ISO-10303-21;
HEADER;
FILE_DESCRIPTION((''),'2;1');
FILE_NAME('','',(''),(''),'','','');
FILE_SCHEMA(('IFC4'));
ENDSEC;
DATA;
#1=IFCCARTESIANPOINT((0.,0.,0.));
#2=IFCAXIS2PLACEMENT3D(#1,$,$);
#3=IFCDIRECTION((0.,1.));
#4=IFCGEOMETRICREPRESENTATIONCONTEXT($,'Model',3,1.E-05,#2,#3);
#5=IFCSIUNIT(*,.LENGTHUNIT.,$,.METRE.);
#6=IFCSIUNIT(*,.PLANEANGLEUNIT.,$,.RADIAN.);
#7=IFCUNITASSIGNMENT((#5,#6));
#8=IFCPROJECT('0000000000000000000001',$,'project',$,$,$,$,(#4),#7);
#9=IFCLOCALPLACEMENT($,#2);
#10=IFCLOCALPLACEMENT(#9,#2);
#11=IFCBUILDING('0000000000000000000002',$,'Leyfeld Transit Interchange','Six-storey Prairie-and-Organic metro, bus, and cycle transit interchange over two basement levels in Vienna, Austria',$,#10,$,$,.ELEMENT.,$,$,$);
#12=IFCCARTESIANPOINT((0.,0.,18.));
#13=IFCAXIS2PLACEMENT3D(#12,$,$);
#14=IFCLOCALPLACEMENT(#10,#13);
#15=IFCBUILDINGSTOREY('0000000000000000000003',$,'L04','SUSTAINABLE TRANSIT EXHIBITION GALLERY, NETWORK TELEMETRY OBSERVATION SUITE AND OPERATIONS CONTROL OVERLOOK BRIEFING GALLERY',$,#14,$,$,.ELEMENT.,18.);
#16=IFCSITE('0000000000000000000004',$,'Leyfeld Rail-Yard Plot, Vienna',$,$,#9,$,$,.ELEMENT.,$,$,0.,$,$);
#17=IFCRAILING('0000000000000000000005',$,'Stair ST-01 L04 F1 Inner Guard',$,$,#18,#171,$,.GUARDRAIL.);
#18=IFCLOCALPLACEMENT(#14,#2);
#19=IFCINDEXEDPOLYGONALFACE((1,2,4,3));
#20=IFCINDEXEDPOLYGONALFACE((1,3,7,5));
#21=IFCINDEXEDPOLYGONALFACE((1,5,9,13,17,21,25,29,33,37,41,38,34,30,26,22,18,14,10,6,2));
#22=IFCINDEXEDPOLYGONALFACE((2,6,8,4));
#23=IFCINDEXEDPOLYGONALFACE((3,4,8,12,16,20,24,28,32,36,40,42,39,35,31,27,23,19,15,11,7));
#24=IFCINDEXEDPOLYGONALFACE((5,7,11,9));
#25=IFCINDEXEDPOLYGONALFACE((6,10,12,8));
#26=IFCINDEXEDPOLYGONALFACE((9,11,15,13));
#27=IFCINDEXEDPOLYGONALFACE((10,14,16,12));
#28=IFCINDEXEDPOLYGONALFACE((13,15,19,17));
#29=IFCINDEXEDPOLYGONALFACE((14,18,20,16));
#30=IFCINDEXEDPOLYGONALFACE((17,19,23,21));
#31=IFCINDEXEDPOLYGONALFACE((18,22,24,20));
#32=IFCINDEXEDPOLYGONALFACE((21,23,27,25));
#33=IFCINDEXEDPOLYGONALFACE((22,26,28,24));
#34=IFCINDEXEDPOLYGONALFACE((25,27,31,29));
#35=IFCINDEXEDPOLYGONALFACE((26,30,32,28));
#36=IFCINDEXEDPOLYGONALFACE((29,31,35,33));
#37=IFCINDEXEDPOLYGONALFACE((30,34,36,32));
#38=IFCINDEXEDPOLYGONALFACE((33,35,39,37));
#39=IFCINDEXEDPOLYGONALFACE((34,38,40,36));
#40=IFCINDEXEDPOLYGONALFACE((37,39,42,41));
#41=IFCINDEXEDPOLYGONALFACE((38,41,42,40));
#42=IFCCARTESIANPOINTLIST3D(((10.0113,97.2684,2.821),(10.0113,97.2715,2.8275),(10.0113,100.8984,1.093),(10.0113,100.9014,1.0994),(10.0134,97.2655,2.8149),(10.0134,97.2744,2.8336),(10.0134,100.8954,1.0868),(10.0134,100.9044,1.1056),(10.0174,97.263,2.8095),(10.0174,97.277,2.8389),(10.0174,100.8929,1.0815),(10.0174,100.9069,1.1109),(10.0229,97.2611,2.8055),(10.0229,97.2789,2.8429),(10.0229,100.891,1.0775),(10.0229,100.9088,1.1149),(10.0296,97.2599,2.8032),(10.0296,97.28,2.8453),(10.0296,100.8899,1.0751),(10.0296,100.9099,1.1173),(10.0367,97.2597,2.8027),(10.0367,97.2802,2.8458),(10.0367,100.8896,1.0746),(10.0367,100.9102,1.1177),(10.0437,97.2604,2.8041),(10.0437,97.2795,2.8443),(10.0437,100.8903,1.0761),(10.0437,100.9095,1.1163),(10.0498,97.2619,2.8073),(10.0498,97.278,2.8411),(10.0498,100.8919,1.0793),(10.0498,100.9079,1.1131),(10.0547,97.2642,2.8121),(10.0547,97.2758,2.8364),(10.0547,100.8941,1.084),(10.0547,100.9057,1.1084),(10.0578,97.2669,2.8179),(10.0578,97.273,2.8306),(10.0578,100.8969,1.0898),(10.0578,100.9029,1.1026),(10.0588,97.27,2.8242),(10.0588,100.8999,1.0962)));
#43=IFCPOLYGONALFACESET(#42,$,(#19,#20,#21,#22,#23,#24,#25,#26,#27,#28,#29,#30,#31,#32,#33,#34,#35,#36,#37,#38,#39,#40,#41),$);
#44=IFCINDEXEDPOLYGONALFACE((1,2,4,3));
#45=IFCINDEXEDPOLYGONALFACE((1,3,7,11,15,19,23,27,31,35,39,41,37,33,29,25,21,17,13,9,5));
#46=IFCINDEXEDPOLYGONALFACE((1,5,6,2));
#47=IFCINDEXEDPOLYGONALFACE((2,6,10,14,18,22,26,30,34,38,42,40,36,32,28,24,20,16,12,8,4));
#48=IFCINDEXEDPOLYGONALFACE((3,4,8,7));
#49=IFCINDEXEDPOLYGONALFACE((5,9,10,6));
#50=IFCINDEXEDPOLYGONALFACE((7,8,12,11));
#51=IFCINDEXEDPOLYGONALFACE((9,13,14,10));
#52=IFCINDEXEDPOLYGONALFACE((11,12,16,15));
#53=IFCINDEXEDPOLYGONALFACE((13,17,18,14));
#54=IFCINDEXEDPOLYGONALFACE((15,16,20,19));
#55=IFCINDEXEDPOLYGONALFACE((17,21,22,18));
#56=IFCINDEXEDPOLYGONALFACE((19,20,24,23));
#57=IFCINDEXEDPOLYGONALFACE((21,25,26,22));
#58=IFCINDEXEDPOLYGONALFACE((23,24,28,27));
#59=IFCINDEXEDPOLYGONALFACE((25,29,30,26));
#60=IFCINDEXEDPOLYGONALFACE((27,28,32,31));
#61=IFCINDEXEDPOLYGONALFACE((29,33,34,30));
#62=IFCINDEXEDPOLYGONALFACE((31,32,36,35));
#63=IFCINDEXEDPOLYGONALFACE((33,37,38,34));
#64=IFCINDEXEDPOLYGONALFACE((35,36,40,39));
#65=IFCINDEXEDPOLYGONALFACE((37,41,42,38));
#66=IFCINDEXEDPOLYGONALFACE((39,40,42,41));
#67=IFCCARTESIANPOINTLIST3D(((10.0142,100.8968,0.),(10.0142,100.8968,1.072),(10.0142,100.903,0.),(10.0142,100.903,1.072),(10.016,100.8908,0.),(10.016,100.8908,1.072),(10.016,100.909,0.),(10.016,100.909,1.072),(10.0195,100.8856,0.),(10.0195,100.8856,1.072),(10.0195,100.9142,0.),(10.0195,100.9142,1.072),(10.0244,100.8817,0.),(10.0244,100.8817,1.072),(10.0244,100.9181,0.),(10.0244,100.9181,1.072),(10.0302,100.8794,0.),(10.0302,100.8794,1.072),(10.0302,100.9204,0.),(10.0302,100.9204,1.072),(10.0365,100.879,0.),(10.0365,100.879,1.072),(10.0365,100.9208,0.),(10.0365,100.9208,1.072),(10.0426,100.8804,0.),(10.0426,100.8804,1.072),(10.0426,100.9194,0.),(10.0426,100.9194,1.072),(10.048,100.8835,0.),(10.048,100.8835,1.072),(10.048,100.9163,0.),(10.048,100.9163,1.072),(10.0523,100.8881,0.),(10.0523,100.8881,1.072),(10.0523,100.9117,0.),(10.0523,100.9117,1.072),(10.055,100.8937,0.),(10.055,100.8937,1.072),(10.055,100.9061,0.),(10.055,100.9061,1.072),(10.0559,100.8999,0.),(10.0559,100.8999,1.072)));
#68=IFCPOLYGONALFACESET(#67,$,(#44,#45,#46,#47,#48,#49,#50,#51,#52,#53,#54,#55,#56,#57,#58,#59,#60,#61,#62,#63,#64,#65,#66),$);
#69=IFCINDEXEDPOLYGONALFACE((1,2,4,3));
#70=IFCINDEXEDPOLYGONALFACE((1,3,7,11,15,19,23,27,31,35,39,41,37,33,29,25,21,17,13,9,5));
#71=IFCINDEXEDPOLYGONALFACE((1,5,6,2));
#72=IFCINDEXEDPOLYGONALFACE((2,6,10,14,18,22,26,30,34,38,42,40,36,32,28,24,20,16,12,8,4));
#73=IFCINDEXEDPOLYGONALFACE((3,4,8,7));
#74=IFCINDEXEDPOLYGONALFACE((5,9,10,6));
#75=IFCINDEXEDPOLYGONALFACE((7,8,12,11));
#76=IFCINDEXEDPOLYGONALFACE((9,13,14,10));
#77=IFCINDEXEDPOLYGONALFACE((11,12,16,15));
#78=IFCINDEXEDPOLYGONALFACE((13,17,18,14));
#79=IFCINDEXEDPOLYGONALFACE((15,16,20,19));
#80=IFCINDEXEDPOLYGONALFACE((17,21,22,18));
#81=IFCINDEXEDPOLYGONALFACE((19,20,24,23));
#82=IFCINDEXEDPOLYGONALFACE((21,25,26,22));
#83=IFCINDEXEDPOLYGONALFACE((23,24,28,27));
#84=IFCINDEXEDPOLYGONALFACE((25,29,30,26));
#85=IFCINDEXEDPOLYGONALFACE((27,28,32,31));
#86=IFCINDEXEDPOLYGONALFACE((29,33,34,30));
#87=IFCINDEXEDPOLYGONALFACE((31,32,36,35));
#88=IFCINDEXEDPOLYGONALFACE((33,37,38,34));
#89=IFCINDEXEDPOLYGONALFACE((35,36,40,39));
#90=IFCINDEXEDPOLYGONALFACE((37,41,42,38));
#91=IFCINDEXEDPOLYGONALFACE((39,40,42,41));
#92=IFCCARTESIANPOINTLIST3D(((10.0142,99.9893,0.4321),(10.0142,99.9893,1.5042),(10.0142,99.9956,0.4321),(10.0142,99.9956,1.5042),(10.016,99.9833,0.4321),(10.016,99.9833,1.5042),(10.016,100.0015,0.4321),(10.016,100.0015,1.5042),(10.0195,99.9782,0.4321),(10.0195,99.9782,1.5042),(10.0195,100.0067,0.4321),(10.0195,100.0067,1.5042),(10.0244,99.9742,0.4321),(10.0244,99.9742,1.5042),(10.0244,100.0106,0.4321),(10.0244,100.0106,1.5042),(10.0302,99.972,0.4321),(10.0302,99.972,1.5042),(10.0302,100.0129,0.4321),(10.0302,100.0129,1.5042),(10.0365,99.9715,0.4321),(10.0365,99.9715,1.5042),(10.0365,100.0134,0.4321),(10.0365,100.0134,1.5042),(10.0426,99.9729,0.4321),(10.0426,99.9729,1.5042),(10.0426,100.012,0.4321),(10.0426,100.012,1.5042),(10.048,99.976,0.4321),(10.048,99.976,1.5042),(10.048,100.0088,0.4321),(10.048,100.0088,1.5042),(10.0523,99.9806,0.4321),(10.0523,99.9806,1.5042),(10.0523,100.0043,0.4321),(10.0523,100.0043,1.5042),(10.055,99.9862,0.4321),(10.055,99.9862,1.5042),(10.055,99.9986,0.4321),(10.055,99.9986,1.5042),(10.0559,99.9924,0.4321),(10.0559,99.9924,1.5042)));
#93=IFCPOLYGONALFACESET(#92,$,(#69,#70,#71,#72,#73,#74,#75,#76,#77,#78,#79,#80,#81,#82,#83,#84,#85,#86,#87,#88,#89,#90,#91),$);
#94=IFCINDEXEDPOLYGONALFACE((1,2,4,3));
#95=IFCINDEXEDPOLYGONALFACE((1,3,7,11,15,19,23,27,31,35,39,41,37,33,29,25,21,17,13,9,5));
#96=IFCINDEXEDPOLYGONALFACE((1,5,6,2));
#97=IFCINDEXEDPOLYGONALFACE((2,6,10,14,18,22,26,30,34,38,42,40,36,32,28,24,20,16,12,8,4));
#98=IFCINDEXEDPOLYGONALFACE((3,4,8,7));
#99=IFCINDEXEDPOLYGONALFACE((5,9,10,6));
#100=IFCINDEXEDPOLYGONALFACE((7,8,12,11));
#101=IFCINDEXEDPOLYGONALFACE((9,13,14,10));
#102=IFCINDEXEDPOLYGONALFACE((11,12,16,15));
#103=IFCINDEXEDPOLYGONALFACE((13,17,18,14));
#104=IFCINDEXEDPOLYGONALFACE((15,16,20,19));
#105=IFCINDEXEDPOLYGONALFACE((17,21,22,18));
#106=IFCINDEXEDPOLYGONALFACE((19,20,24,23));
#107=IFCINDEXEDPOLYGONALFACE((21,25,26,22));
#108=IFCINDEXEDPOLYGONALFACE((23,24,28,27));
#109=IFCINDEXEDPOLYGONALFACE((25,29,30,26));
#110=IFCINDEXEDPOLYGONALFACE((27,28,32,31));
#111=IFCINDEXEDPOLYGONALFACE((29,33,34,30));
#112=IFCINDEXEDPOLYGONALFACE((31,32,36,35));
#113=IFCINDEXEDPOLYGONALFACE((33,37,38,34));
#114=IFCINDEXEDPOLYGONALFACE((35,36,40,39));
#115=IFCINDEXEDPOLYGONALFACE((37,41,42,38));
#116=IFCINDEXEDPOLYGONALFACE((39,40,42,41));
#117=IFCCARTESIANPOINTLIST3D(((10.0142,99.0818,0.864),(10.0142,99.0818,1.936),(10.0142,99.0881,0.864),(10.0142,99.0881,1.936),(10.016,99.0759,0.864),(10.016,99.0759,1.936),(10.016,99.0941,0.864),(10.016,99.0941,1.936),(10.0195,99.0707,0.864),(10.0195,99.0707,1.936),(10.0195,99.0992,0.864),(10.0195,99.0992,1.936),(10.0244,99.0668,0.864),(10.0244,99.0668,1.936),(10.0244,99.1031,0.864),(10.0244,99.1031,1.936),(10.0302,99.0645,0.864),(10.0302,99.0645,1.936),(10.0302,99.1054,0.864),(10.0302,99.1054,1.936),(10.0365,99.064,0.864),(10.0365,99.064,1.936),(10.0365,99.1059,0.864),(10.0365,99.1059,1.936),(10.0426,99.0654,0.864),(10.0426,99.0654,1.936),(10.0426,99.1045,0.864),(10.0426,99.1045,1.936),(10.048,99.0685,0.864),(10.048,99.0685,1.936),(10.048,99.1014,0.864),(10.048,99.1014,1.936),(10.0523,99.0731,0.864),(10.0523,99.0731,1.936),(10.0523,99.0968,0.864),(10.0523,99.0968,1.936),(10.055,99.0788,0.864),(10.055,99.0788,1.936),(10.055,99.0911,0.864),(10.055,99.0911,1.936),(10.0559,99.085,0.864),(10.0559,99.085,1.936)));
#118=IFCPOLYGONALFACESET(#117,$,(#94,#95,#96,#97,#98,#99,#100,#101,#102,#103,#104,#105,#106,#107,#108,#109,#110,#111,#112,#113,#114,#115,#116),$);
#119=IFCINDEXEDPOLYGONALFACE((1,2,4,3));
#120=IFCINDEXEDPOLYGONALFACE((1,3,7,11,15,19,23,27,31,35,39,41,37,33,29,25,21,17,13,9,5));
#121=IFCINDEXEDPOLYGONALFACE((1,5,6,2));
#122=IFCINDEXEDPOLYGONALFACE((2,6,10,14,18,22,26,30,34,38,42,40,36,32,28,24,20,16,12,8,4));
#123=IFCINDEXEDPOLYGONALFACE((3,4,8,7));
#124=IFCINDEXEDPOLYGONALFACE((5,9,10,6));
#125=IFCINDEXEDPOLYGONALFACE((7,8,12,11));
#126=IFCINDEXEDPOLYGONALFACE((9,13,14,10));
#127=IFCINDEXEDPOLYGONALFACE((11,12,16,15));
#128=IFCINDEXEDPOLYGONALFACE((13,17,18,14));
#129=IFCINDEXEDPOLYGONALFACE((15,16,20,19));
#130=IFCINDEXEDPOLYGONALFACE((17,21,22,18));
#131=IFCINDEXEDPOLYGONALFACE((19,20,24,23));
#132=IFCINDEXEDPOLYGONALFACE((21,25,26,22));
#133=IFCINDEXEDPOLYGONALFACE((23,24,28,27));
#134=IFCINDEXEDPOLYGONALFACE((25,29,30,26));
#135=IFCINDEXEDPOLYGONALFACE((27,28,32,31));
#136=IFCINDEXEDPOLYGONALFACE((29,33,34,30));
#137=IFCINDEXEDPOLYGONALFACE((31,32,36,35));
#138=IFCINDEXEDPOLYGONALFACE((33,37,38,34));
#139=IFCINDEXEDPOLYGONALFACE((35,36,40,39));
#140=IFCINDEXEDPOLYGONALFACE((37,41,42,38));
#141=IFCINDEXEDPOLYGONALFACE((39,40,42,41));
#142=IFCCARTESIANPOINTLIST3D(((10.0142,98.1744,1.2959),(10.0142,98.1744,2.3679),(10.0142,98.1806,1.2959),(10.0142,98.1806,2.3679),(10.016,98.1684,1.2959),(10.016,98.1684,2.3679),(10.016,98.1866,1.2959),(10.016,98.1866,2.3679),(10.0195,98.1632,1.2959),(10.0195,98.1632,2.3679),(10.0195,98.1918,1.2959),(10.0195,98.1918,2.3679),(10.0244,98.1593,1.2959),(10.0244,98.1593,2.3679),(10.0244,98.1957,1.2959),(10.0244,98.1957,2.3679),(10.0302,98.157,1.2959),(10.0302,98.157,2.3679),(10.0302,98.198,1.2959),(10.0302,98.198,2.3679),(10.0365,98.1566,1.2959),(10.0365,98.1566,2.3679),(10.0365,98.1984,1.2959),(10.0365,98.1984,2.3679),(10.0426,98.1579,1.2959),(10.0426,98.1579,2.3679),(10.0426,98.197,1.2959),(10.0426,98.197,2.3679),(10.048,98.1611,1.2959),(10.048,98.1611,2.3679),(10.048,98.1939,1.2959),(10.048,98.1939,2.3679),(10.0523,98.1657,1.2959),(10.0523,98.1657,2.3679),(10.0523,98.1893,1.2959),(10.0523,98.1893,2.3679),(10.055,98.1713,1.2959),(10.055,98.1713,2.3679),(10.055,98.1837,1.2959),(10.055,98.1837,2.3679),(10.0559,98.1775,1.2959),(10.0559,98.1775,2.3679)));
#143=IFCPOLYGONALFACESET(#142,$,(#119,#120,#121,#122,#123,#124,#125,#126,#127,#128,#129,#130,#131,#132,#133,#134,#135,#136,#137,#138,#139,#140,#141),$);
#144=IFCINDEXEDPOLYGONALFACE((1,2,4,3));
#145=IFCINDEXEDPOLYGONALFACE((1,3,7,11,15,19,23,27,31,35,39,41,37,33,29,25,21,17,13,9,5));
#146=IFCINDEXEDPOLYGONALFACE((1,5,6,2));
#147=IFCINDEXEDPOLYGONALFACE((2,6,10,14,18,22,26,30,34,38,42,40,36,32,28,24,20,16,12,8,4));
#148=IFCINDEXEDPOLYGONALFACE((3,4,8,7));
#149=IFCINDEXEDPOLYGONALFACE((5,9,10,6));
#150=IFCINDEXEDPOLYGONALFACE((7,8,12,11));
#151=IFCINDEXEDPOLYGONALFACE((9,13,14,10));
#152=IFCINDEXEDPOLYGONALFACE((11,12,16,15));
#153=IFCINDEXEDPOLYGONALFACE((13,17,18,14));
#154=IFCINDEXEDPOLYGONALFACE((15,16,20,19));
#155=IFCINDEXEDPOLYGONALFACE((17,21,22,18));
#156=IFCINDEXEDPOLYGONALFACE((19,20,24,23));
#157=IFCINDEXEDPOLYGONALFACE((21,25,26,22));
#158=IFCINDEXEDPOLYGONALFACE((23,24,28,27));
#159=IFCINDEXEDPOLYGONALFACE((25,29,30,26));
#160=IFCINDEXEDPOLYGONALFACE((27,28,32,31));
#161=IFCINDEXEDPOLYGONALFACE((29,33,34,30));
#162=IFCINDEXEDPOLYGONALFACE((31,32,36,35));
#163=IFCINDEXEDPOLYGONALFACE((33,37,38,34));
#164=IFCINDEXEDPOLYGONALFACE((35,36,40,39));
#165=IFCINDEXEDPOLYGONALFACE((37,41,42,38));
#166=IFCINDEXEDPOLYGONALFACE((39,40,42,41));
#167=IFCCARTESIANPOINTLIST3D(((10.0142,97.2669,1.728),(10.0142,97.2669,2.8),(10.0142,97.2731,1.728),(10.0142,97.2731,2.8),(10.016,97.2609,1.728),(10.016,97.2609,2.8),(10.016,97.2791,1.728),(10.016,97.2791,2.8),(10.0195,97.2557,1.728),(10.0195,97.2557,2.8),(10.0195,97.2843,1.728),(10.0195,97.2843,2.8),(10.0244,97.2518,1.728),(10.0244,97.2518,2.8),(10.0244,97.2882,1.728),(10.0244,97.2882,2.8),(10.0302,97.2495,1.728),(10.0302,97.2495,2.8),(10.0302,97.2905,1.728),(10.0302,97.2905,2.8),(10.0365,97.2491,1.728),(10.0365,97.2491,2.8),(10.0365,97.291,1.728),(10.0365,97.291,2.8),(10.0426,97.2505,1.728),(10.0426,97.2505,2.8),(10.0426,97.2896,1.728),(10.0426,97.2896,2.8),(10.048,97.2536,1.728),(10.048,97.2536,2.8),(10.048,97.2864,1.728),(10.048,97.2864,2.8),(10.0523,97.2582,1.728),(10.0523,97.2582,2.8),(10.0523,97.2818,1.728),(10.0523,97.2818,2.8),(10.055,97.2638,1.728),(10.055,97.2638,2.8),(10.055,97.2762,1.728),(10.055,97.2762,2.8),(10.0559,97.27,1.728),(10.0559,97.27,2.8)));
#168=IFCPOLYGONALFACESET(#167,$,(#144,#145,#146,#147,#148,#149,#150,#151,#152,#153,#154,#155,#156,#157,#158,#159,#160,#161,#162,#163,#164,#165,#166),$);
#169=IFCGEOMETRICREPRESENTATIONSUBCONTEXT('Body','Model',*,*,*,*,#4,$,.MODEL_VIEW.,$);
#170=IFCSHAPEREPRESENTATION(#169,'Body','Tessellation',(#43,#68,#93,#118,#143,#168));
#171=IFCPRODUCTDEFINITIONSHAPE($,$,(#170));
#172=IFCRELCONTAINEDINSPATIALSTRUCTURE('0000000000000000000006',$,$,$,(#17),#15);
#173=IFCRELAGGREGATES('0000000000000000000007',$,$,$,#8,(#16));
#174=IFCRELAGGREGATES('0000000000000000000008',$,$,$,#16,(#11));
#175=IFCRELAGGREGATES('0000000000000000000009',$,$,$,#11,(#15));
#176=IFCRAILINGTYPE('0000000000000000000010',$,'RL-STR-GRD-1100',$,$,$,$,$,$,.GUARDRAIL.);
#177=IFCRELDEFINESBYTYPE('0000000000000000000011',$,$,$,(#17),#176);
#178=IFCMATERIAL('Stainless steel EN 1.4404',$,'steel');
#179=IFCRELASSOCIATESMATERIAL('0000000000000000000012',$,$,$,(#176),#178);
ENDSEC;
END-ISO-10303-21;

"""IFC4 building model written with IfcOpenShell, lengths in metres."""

from ifc_helpers import new_model, si_unit, direction, frame, origin, origin_2d, place, context, subcontext, project, spatial, circle, extrude, material, type_object, element, save


model = new_model("IFC4")

# Units and contexts
model_context = context("Model", 3, precision=1e-05, world=origin(), true_north=direction((0.0, 1.0)))
body_context = subcontext(model_context, "Body", "Model", "MODEL_VIEW")
ifc_project = project(units=[si_unit("LENGTHUNIT", "METRE"), si_unit("PLANEANGLEUNIT", "RADIAN")], contexts=[model_context])

# Site, building, storey
site_placement = place(None, origin())
site = spatial("IfcSite", under=ifc_project, at=site_placement, Name="Leyfeld Rail-Yard Plot, Vienna", CompositionType="ELEMENT", RefElevation=0.0)
building_placement = place(site_placement, origin())
building = spatial("IfcBuilding", under=site, at=building_placement, Name="Leyfeld Transit Interchange", Description="Six-storey Prairie-and-Organic metro, bus, and cycle transit interchange over two basement levels in Vienna, Austria", CompositionType="ELEMENT")
storey_placement = place(building_placement, frame((0.0, 0.0, 18.0)))
storey = spatial("IfcBuildingStorey", under=building, at=storey_placement, Name="L04", Description="SUSTAINABLE TRANSIT EXHIBITION GALLERY, NETWORK TELEMETRY OBSERVATION SUITE AND OPERATIONS CONTROL OVERLOOK BRIEFING GALLERY", CompositionType="ELEMENT", Elevation=18.0)

# Shared definitions
ifc_material_1 = material(Name="Stainless steel EN 1.4404", Category="steel")

# Railing
railing_type_1 = type_object("IfcRailingType", Name="RL-STR-GRD-1100", PredefinedType="GUARDRAIL", material=ifc_material_1)
railing_1_placement = place(storey_placement, frame((10.0349, 100.8999, 0.0)))
element("IfcRailing", 1, at=railing_1_placement, inside=storey, type_object=railing_type_1, Name="Stair ST-01 L04 F1 Inner Guard", PredefinedType="GUARDRAIL", context=body_context, shape_type="SweptSolid", body=[
    extrude(circle(Radius=0.0239, at=origin_2d()), frame((0.0, 0.0, 1.0962), z_axis=(0.0, -0.902908, 0.429835), x_axis=(1.0, 0.0, 0.0)), (0.0, 0.0, 1.0), 4.0203),
    extrude(circle(Radius=0.021, at=origin_2d()), origin(), (0.0, 0.0, 1.0), 1.072),
    extrude(circle(Radius=0.021, at=origin_2d()), frame((0.0, -0.9075, 0.4321)), (0.0, 0.0, 1.0), 1.072),
    extrude(circle(Radius=0.021, at=origin_2d()), frame((0.0, -1.8149, 0.864)), (0.0, 0.0, 1.0), 1.072),
    extrude(circle(Radius=0.021, at=origin_2d()), frame((0.0, -2.7224, 1.2959)), (0.0, 0.0, 1.0), 1.072),
    extrude(circle(Radius=0.021, at=origin_2d()), frame((0.0, -3.6299, 1.728)), (0.0, 0.0, 1.0), 1.072),
])

save(model, "model.ifc")
